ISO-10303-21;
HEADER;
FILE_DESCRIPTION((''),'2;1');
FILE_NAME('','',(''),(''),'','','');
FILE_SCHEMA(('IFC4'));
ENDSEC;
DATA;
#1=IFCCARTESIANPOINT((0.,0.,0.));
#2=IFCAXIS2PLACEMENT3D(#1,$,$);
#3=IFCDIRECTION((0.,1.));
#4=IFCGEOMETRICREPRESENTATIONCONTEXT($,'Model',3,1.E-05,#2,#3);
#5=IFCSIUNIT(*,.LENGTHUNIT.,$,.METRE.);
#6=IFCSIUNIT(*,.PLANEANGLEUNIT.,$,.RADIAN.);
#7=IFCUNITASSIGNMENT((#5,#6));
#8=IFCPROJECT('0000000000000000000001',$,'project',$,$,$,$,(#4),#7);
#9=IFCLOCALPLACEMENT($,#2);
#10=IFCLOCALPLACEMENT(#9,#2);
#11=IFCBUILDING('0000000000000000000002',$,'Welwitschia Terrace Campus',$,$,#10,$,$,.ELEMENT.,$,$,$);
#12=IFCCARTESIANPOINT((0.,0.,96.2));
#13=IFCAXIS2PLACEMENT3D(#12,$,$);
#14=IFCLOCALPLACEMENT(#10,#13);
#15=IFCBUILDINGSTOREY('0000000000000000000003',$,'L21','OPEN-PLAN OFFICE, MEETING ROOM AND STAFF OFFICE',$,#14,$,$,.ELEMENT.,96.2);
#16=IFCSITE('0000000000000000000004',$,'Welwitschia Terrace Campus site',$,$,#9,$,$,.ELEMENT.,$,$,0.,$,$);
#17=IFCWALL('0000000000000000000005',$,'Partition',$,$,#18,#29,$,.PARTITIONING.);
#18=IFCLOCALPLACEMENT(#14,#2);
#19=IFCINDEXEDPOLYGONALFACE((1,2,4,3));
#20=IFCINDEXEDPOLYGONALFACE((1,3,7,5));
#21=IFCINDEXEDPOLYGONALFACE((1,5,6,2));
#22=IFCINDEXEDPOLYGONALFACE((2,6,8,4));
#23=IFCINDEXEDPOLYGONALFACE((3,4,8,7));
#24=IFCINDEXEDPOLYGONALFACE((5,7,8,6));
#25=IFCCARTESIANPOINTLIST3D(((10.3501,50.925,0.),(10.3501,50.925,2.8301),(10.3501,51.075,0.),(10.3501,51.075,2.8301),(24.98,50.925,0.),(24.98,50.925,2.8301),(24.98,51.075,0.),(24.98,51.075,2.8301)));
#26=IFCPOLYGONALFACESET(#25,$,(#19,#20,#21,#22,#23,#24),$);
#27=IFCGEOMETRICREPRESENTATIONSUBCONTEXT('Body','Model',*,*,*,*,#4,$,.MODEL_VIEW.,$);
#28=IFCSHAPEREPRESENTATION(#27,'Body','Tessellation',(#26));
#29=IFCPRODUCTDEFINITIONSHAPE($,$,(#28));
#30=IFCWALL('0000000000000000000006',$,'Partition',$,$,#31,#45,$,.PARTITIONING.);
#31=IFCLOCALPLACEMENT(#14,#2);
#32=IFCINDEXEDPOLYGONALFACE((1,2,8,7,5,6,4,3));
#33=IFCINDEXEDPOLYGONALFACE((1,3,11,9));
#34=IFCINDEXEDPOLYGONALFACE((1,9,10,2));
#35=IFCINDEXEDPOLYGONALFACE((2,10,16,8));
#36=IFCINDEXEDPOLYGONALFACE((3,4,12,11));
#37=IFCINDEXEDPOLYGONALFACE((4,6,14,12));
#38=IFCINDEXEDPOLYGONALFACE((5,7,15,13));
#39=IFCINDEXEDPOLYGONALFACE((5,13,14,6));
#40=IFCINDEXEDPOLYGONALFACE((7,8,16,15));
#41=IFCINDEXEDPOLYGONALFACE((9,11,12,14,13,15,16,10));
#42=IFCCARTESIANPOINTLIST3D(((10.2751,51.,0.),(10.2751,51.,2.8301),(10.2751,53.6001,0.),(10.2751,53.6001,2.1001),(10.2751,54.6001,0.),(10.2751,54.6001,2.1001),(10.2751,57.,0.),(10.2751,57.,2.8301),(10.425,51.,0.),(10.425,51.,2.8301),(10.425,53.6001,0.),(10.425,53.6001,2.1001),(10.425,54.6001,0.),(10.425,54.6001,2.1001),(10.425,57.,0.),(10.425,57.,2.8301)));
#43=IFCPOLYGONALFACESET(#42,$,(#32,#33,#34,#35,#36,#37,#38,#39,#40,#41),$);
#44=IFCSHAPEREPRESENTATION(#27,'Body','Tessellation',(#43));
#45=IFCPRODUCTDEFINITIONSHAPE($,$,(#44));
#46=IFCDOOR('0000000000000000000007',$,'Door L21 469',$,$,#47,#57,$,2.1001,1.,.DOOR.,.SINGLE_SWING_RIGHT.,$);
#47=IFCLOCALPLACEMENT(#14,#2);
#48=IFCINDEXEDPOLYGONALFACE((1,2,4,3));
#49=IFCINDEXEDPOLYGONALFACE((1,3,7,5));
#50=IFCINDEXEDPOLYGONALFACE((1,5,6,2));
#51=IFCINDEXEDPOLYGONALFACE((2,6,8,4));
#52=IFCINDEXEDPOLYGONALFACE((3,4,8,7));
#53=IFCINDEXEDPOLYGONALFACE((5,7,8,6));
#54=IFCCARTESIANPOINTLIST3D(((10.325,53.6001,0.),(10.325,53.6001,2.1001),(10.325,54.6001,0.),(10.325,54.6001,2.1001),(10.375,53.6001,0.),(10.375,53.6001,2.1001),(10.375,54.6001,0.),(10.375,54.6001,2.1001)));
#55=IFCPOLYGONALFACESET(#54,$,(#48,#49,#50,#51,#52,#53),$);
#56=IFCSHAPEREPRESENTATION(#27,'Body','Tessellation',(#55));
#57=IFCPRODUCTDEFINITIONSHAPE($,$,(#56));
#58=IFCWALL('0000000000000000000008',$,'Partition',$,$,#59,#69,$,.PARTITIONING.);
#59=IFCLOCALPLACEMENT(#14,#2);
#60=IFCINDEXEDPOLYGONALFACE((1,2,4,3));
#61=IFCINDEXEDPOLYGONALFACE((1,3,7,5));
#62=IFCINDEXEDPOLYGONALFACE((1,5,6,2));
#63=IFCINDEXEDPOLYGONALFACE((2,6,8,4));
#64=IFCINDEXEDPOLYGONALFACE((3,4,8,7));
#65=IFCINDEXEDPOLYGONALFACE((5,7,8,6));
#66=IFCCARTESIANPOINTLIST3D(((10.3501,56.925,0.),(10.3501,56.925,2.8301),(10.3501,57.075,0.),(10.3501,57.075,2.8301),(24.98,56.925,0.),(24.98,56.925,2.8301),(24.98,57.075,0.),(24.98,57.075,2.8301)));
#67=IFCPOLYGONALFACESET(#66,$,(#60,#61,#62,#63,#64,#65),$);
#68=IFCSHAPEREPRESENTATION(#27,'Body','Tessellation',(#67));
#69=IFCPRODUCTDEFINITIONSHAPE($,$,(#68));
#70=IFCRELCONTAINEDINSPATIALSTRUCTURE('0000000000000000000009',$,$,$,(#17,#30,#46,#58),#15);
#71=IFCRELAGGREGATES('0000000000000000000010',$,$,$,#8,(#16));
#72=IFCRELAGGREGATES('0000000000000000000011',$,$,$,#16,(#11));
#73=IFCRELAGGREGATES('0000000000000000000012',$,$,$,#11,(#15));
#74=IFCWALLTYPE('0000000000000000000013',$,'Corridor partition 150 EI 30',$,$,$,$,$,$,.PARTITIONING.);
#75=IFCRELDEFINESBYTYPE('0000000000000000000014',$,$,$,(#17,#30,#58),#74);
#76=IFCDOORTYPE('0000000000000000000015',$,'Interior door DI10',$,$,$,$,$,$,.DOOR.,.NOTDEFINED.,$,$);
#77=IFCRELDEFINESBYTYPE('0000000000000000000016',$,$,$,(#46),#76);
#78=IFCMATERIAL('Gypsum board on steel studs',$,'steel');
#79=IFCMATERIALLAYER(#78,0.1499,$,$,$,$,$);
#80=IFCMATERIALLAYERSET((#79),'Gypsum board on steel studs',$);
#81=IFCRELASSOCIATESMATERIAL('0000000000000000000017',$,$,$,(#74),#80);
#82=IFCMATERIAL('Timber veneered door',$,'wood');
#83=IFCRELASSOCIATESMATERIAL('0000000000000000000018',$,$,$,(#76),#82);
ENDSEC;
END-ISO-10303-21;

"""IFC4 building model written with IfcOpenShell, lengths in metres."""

from ifc_helpers import new_model, si_unit, direction, frame, frame_2d, origin, place, context, subcontext, project, spatial, rectangle, extrude, material, layer, layer_set, type_object, element, fill, save


model = new_model("IFC4")

# Units and contexts
model_context = context("Model", 3, precision=1e-05, world=origin(), true_north=direction((0.0, 1.0)))
body_context = subcontext(model_context, "Body", "Model", "MODEL_VIEW")
ifc_project = project(units=[si_unit("LENGTHUNIT", "METRE"), si_unit("PLANEANGLEUNIT", "RADIAN")], contexts=[model_context])

# Site, building, storey
site_placement = place(None, origin())
site = spatial("IfcSite", under=ifc_project, at=site_placement, Name="Welwitschia Terrace Campus site", CompositionType="ELEMENT", RefElevation=0.0)
building_placement = place(site_placement, origin())
building = spatial("IfcBuilding", under=site, at=building_placement, Name="Welwitschia Terrace Campus", CompositionType="ELEMENT")
storey_placement = place(building_placement, frame((0.0, 0.0, 96.2)))
storey = spatial("IfcBuildingStorey", under=building, at=storey_placement, Name="L21", Description="OPEN-PLAN OFFICE, MEETING ROOM AND STAFF OFFICE", CompositionType="ELEMENT", Elevation=96.2)

# Shared definitions
ifc_material_1 = material(Name="Gypsum board on steel studs", Category="steel")
ifc_layer_1 = layer(ifc_material_1, 0.1499)
ifc_layer_set_1 = layer_set([ifc_layer_1], Name="Gypsum board on steel studs")
wall_type = type_object("IfcWallType", Name="Corridor partition 150 EI 30", PredefinedType="PARTITIONING", material=ifc_layer_set_1)

# Shared definitions
ifc_material_2 = material(Name="Timber veneered door", Category="wood")
door_type_1 = type_object("IfcDoorType", Name="Interior door DI10", OperationType="NOTDEFINED", PredefinedType="DOOR", material=ifc_material_2)

# Wall
wall_1_placement = place(storey_placement, frame((10.3501, 51.0, 0.0), z_axis=(0.0, 0.0, 1.0), x_axis=(1.0, 0.0, 0.0)))
element("IfcWall", 1, at=wall_1_placement, inside=storey, type_object=wall_type, Name="Partition", PredefinedType="PARTITIONING", context=body_context, shape_type="SweptSolid", body=[
    extrude(rectangle(XDim=14.6299, YDim=0.1499, at=frame_2d((7.3149, 0.0))), origin(), (0.0, 0.0, 1.0), 2.8301),
])

# Wall, opening, door
wall_2_placement = place(storey_placement, frame((10.3501, 57.0, 0.0), z_axis=(0.0, 0.0, 1.0), x_axis=(0.0, -1.0, 0.0)))
wall_2 = element("IfcWall", 2, at=wall_2_placement, inside=storey, type_object=wall_type, Name="Partition", PredefinedType="PARTITIONING", context=body_context, shape_type="SweptSolid", body=[
    extrude(rectangle(XDim=6.0, YDim=0.1499, at=frame_2d((3.0, 0.0))), origin(), (0.0, 0.0, 1.0), 2.8301),
])
opening_1_placement = place(wall_2_placement, frame((2.3999, 0.0, 0.0)))
opening_1 = element("IfcOpeningElement", 3, at=opening_1_placement, cuts=wall_2, PredefinedType="OPENING", context=body_context, shape_type="SweptSolid", body=[
    extrude(rectangle(XDim=1.0, YDim=2.1001, at=frame_2d((0.5, 1.05))), frame((0.0, 0.085, 0.0), z_axis=(0.0, -1.0, 0.0), x_axis=(1.0, 0.0, 0.0)), (0.0, 0.0, 1.0), 0.1699),
])
door_1_placement = place(opening_1_placement, origin())
door_1 = element("IfcDoor", 4, at=door_1_placement, inside=storey, type_object=door_type_1, Name="Door L21 469", OperationType="SINGLE_SWING_RIGHT", OverallHeight=2.1001, OverallWidth=1.0, PredefinedType="DOOR", context=body_context, shape_type="SweptSolid", body=[
    extrude(rectangle(XDim=1.0, YDim=2.1001, at=frame_2d((0.5, 1.05))), frame((0.0, 0.0249, 0.0), z_axis=(0.0, -1.0, 0.0), x_axis=(1.0, 0.0, 0.0)), (0.0, 0.0, 1.0), 0.05),
])
fill(opening_1, door_1)

# Wall
wall_3_placement = place(storey_placement, frame((10.3501, 57.0, 0.0), z_axis=(0.0, 0.0, 1.0), x_axis=(1.0, 0.0, 0.0)))
element("IfcWall", 5, at=wall_3_placement, inside=storey, type_object=wall_type, Name="Partition", PredefinedType="PARTITIONING", context=body_context, shape_type="SweptSolid", body=[
    extrude(rectangle(XDim=14.6299, YDim=0.1499, at=frame_2d((7.3149, 0.0))), origin(), (0.0, 0.0, 1.0), 2.8301),
])

save(model, "model.ifc")
